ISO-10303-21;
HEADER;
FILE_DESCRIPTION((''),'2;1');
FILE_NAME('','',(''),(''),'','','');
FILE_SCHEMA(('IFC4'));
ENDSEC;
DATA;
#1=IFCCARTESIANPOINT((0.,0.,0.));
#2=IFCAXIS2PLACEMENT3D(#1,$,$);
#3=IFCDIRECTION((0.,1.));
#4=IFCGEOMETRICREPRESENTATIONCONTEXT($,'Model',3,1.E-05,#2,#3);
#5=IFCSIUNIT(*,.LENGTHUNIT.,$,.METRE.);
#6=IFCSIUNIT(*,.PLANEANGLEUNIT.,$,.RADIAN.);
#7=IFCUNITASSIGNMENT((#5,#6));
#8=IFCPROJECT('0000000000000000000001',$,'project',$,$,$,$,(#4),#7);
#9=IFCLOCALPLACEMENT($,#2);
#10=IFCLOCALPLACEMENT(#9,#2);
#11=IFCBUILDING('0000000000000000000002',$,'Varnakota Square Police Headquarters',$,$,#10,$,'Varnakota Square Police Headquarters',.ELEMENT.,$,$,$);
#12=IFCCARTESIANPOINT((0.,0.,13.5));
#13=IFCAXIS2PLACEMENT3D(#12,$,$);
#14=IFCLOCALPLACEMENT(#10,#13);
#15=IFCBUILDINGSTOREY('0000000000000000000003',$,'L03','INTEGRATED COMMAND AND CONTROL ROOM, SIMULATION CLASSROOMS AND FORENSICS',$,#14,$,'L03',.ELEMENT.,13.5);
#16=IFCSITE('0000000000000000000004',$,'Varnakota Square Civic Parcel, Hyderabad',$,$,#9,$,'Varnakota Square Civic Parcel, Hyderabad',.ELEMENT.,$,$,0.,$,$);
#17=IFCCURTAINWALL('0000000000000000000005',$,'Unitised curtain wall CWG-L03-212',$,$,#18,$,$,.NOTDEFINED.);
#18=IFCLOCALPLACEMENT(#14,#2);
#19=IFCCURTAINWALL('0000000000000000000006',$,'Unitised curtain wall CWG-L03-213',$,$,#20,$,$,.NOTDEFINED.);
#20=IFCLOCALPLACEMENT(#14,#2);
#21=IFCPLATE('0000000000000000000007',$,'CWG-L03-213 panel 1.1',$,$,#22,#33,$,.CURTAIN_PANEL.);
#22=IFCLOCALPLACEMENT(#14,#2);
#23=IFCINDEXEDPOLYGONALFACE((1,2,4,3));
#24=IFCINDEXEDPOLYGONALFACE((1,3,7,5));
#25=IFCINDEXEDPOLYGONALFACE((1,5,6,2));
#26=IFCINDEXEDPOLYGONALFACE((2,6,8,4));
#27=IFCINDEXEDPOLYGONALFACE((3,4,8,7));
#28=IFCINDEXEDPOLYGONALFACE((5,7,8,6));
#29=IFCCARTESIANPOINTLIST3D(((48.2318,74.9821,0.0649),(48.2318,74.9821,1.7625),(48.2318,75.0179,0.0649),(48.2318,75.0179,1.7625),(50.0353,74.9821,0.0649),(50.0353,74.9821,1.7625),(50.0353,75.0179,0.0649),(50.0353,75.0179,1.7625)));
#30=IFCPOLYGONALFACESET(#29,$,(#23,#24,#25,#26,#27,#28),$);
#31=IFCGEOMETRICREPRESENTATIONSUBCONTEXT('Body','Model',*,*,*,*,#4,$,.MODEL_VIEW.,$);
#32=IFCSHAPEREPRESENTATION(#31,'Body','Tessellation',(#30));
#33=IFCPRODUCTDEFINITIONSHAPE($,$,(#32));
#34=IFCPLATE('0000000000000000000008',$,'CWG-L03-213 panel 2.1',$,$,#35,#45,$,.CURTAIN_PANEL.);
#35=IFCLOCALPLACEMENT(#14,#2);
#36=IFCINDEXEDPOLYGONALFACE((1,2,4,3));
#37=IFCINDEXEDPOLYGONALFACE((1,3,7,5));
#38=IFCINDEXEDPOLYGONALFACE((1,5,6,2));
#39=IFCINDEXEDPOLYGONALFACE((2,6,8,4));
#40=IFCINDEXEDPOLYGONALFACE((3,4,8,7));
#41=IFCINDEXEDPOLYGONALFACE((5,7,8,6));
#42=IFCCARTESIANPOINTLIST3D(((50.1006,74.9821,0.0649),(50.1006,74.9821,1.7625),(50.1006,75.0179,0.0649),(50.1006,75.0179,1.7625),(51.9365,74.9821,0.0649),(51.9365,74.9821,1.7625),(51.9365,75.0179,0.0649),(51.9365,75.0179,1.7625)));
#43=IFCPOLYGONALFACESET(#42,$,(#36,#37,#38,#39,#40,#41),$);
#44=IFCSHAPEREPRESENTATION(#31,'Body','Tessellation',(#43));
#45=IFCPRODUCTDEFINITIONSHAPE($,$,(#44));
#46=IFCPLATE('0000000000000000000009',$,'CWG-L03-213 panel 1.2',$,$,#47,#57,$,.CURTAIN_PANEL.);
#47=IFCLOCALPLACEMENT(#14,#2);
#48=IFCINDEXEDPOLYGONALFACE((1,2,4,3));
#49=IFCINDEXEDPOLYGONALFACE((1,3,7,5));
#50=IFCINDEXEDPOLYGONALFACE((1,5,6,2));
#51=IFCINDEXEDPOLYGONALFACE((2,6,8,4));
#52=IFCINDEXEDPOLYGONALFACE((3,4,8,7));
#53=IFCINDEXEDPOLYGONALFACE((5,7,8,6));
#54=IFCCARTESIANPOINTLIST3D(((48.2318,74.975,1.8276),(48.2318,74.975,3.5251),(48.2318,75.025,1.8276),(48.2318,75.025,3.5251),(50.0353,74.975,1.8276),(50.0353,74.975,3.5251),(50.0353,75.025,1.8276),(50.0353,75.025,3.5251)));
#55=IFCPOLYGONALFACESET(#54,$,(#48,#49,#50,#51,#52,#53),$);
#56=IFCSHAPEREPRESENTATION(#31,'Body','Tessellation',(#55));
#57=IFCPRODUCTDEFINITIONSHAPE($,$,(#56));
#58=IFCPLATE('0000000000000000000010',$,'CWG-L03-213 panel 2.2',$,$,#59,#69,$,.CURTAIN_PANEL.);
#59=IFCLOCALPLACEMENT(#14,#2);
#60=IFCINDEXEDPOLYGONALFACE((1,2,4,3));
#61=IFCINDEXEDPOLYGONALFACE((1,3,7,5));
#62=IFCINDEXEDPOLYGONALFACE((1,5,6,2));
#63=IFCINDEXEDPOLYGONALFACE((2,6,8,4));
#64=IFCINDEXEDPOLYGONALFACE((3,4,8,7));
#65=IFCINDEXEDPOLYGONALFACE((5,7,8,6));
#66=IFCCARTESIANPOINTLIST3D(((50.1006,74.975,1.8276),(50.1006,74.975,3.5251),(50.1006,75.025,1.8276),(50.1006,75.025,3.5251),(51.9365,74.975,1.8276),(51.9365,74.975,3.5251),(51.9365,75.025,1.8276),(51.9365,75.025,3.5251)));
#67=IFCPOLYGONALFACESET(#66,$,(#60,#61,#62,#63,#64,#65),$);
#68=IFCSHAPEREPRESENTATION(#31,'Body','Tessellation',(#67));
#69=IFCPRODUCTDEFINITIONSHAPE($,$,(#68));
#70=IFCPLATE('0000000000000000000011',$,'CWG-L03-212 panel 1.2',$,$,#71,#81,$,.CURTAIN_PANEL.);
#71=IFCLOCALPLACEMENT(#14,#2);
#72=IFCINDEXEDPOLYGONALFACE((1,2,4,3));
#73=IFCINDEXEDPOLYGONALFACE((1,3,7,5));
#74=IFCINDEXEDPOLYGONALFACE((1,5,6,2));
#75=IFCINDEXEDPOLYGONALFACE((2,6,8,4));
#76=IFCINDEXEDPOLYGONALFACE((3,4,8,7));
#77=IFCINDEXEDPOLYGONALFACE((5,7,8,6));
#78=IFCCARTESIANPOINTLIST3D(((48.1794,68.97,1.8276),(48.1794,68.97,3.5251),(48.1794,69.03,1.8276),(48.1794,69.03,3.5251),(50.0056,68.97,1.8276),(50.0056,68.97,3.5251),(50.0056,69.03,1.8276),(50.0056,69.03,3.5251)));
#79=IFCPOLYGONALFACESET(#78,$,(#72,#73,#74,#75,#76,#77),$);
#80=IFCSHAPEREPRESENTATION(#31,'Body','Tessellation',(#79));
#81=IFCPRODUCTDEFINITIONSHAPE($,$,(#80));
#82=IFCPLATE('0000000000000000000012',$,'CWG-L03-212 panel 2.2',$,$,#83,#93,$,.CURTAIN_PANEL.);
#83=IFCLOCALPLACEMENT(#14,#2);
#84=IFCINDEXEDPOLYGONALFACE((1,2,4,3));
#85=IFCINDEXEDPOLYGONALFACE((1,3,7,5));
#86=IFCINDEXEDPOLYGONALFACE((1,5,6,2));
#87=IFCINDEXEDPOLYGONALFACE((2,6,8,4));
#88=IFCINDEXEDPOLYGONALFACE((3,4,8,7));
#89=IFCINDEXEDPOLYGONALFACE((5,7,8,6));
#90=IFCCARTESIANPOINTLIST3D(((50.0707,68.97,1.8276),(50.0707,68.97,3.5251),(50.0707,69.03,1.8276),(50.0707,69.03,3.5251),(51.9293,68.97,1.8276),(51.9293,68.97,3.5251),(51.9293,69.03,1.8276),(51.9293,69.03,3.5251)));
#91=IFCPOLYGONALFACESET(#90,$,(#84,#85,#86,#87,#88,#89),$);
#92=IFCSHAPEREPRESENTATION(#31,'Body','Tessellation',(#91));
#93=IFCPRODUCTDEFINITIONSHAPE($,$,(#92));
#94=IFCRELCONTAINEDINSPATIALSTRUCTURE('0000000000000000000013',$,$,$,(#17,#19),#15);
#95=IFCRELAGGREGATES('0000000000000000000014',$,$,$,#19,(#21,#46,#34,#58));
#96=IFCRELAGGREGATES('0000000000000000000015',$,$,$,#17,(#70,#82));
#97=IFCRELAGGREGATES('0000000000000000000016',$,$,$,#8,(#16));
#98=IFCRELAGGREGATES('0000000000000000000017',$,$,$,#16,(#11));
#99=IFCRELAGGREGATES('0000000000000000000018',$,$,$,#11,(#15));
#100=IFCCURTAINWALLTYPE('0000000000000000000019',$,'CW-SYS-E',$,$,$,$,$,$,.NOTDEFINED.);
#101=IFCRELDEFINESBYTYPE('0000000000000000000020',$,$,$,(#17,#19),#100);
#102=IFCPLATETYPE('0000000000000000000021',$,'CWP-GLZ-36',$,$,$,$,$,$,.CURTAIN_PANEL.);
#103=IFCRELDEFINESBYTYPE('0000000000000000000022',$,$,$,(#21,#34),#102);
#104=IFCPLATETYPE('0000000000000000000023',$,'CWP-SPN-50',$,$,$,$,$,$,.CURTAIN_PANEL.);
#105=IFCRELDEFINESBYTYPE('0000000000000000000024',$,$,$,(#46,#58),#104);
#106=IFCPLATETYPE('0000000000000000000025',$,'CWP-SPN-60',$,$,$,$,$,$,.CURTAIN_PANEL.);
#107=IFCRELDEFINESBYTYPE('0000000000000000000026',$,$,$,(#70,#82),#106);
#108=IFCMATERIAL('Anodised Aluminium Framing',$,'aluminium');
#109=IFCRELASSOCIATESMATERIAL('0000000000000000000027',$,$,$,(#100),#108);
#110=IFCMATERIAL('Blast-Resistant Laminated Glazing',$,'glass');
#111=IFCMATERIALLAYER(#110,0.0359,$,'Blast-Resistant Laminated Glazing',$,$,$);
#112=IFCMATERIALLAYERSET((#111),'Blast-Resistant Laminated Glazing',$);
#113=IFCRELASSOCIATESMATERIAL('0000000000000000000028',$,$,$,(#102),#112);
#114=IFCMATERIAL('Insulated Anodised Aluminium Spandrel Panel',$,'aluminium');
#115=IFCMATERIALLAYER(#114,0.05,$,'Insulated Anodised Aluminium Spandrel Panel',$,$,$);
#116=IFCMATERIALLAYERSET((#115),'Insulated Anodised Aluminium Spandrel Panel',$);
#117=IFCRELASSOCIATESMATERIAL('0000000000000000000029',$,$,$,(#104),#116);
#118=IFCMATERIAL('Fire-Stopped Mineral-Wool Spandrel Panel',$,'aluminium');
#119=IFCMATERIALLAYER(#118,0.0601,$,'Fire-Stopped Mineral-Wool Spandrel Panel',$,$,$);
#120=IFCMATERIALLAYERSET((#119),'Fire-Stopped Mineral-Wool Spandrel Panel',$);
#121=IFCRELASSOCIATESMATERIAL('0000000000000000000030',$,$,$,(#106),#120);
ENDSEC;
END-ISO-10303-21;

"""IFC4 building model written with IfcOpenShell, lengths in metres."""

from ifc_helpers import new_model, si_unit, direction, frame, origin, origin_2d, place, context, subcontext, project, spatial, rectangle, extrude, material, layer, layer_set, type_object, element, aggregate, save


model = new_model("IFC4")

# Units and contexts
model_context = context("Model", 3, precision=1e-05, world=origin(), true_north=direction((0.0, 1.0)))
body_context = subcontext(model_context, "Body", "Model", "MODEL_VIEW")
ifc_project = project(units=[si_unit("LENGTHUNIT", "METRE"), si_unit("PLANEANGLEUNIT", "RADIAN")], contexts=[model_context])

# Site, building, storey
site_placement = place(None, origin())
site = spatial("IfcSite", under=ifc_project, at=site_placement, Name="Varnakota Square Civic Parcel, Hyderabad", LongName="Varnakota Square Civic Parcel, Hyderabad", CompositionType="ELEMENT", RefElevation=0.0)
building_placement = place(site_placement, origin())
building = spatial("IfcBuilding", under=site, at=building_placement, Name="Varnakota Square Police Headquarters", LongName="Varnakota Square Police Headquarters", CompositionType="ELEMENT")
storey_placement = place(building_placement, frame((0.0, 0.0, 13.5)))
storey = spatial("IfcBuildingStorey", under=building, at=storey_placement, Name="L03", Description="INTEGRATED COMMAND AND CONTROL ROOM, SIMULATION CLASSROOMS AND FORENSICS", LongName="L03", CompositionType="ELEMENT", Elevation=13.5)

# Curtain walls
ifc_material_1 = material(Name="Anodised Aluminium Framing", Category="aluminium")
curtain_wall_type = type_object("IfcCurtainWallType", Name="CW-SYS-E", PredefinedType="NOTDEFINED", material=ifc_material_1)
curtain_wall_1_placement = place(storey_placement, origin())
curtain_wall_1 = element("IfcCurtainWall", 1, at=curtain_wall_1_placement, inside=storey, type_object=curtain_wall_type, Name="Unitised curtain wall CWG-L03-212", PredefinedType="NOTDEFINED")
curtain_wall_2_placement = place(storey_placement, origin())
curtain_wall_2 = element("IfcCurtainWall", 2, at=curtain_wall_2_placement, inside=storey, type_object=curtain_wall_type, Name="Unitised curtain wall CWG-L03-213", PredefinedType="NOTDEFINED")

# Plates
ifc_material_2 = material(Name="Blast-Resistant Laminated Glazing", Category="glass")
ifc_layer_1 = layer(ifc_material_2, 0.0359, Name="Blast-Resistant Laminated Glazing")
ifc_layer_set_1 = layer_set([ifc_layer_1], Name="Blast-Resistant Laminated Glazing")
plate_type_1 = type_object("IfcPlateType", Name="CWP-GLZ-36", PredefinedType="CURTAIN_PANEL", material=ifc_layer_set_1)
plate_1_placement = place(storey_placement, frame((49.1335, 75.0, 0.0649), z_axis=(0.0, 0.0, 1.0), x_axis=(1.0, 0.0, 0.0)))
plate_1 = element("IfcPlate", 3, at=plate_1_placement, type_object=plate_type_1, Name="CWG-L03-213 panel 1.1", PredefinedType="CURTAIN_PANEL", context=body_context, shape_type="SweptSolid", body=[
    extrude(rectangle(XDim=1.8035, YDim=0.0359, at=origin_2d()), origin(), (0.0, 0.0, 1.0), 1.6975),
])
plate_2_placement = place(storey_placement, frame((51.0186, 75.0, 0.0649), z_axis=(0.0, 0.0, 1.0), x_axis=(1.0, 0.0, 0.0)))
plate_2 = element("IfcPlate", 4, at=plate_2_placement, type_object=plate_type_1, Name="CWG-L03-213 panel 2.1", PredefinedType="CURTAIN_PANEL", context=body_context, shape_type="SweptSolid", body=[
    extrude(rectangle(XDim=1.8359, YDim=0.0359, at=origin_2d()), origin(), (0.0, 0.0, 1.0), 1.6975),
])
ifc_material_3 = material(Name="Insulated Anodised Aluminium Spandrel Panel", Category="aluminium")
ifc_layer_2 = layer(ifc_material_3, 0.05, Name="Insulated Anodised Aluminium Spandrel Panel")
ifc_layer_set_2 = layer_set([ifc_layer_2], Name="Insulated Anodised Aluminium Spandrel Panel")
plate_type_2 = type_object("IfcPlateType", Name="CWP-SPN-50", PredefinedType="CURTAIN_PANEL", material=ifc_layer_set_2)
plate_3_placement = place(storey_placement, frame((49.1335, 75.0, 1.8276), z_axis=(0.0, 0.0, 1.0), x_axis=(1.0, 0.0, 0.0)))
plate_3 = element("IfcPlate", 5, at=plate_3_placement, type_object=plate_type_2, Name="CWG-L03-213 panel 1.2", PredefinedType="CURTAIN_PANEL", context=body_context, shape_type="SweptSolid", body=[
    extrude(rectangle(XDim=1.8035, YDim=0.05, at=origin_2d()), origin(), (0.0, 0.0, 1.0), 1.6975),
])
plate_4_placement = place(storey_placement, frame((51.0186, 75.0, 1.8276), z_axis=(0.0, 0.0, 1.0), x_axis=(1.0, 0.0, 0.0)))
plate_4 = element("IfcPlate", 6, at=plate_4_placement, type_object=plate_type_2, Name="CWG-L03-213 panel 2.2", PredefinedType="CURTAIN_PANEL", context=body_context, shape_type="SweptSolid", body=[
    extrude(rectangle(XDim=1.8359, YDim=0.05, at=origin_2d()), origin(), (0.0, 0.0, 1.0), 1.6975),
])
aggregate(curtain_wall_2, [plate_1, plate_3, plate_2, plate_4])
ifc_material_4 = material(Name="Fire-Stopped Mineral-Wool Spandrel Panel", Category="aluminium")
ifc_layer_3 = layer(ifc_material_4, 0.0601, Name="Fire-Stopped Mineral-Wool Spandrel Panel")
ifc_layer_set_3 = layer_set([ifc_layer_3], Name="Fire-Stopped Mineral-Wool Spandrel Panel")
plate_type_3 = type_object("IfcPlateType", Name="CWP-SPN-60", PredefinedType="CURTAIN_PANEL", material=ifc_layer_set_3)
plate_5_placement = place(storey_placement, frame((49.0925, 69.0, 1.8276), z_axis=(0.0, 0.0, 1.0), x_axis=(1.0, 0.0, 0.0)))
plate_5 = element("IfcPlate", 7, at=plate_5_placement, type_object=plate_type_3, Name="CWG-L03-212 panel 1.2", PredefinedType="CURTAIN_PANEL", context=body_context, shape_type="SweptSolid", body=[
    extrude(rectangle(XDim=1.8262, YDim=0.0601, at=origin_2d()), origin(), (0.0, 0.0, 1.0), 1.6975),
])
plate_6_placement = place(storey_placement, frame((51.0, 69.0, 1.8276), z_axis=(0.0, 0.0, 1.0), x_axis=(1.0, 0.0, 0.0)))
plate_6 = element("IfcPlate", 8, at=plate_6_placement, type_object=plate_type_3, Name="CWG-L03-212 panel 2.2", PredefinedType="CURTAIN_PANEL", context=body_context, shape_type="SweptSolid", body=[
    extrude(rectangle(XDim=1.8586, YDim=0.0601, at=origin_2d()), origin(), (0.0, 0.0, 1.0), 1.6975),
])
aggregate(curtain_wall_1, [plate_5, plate_6])

save(model, "model.ifc")
